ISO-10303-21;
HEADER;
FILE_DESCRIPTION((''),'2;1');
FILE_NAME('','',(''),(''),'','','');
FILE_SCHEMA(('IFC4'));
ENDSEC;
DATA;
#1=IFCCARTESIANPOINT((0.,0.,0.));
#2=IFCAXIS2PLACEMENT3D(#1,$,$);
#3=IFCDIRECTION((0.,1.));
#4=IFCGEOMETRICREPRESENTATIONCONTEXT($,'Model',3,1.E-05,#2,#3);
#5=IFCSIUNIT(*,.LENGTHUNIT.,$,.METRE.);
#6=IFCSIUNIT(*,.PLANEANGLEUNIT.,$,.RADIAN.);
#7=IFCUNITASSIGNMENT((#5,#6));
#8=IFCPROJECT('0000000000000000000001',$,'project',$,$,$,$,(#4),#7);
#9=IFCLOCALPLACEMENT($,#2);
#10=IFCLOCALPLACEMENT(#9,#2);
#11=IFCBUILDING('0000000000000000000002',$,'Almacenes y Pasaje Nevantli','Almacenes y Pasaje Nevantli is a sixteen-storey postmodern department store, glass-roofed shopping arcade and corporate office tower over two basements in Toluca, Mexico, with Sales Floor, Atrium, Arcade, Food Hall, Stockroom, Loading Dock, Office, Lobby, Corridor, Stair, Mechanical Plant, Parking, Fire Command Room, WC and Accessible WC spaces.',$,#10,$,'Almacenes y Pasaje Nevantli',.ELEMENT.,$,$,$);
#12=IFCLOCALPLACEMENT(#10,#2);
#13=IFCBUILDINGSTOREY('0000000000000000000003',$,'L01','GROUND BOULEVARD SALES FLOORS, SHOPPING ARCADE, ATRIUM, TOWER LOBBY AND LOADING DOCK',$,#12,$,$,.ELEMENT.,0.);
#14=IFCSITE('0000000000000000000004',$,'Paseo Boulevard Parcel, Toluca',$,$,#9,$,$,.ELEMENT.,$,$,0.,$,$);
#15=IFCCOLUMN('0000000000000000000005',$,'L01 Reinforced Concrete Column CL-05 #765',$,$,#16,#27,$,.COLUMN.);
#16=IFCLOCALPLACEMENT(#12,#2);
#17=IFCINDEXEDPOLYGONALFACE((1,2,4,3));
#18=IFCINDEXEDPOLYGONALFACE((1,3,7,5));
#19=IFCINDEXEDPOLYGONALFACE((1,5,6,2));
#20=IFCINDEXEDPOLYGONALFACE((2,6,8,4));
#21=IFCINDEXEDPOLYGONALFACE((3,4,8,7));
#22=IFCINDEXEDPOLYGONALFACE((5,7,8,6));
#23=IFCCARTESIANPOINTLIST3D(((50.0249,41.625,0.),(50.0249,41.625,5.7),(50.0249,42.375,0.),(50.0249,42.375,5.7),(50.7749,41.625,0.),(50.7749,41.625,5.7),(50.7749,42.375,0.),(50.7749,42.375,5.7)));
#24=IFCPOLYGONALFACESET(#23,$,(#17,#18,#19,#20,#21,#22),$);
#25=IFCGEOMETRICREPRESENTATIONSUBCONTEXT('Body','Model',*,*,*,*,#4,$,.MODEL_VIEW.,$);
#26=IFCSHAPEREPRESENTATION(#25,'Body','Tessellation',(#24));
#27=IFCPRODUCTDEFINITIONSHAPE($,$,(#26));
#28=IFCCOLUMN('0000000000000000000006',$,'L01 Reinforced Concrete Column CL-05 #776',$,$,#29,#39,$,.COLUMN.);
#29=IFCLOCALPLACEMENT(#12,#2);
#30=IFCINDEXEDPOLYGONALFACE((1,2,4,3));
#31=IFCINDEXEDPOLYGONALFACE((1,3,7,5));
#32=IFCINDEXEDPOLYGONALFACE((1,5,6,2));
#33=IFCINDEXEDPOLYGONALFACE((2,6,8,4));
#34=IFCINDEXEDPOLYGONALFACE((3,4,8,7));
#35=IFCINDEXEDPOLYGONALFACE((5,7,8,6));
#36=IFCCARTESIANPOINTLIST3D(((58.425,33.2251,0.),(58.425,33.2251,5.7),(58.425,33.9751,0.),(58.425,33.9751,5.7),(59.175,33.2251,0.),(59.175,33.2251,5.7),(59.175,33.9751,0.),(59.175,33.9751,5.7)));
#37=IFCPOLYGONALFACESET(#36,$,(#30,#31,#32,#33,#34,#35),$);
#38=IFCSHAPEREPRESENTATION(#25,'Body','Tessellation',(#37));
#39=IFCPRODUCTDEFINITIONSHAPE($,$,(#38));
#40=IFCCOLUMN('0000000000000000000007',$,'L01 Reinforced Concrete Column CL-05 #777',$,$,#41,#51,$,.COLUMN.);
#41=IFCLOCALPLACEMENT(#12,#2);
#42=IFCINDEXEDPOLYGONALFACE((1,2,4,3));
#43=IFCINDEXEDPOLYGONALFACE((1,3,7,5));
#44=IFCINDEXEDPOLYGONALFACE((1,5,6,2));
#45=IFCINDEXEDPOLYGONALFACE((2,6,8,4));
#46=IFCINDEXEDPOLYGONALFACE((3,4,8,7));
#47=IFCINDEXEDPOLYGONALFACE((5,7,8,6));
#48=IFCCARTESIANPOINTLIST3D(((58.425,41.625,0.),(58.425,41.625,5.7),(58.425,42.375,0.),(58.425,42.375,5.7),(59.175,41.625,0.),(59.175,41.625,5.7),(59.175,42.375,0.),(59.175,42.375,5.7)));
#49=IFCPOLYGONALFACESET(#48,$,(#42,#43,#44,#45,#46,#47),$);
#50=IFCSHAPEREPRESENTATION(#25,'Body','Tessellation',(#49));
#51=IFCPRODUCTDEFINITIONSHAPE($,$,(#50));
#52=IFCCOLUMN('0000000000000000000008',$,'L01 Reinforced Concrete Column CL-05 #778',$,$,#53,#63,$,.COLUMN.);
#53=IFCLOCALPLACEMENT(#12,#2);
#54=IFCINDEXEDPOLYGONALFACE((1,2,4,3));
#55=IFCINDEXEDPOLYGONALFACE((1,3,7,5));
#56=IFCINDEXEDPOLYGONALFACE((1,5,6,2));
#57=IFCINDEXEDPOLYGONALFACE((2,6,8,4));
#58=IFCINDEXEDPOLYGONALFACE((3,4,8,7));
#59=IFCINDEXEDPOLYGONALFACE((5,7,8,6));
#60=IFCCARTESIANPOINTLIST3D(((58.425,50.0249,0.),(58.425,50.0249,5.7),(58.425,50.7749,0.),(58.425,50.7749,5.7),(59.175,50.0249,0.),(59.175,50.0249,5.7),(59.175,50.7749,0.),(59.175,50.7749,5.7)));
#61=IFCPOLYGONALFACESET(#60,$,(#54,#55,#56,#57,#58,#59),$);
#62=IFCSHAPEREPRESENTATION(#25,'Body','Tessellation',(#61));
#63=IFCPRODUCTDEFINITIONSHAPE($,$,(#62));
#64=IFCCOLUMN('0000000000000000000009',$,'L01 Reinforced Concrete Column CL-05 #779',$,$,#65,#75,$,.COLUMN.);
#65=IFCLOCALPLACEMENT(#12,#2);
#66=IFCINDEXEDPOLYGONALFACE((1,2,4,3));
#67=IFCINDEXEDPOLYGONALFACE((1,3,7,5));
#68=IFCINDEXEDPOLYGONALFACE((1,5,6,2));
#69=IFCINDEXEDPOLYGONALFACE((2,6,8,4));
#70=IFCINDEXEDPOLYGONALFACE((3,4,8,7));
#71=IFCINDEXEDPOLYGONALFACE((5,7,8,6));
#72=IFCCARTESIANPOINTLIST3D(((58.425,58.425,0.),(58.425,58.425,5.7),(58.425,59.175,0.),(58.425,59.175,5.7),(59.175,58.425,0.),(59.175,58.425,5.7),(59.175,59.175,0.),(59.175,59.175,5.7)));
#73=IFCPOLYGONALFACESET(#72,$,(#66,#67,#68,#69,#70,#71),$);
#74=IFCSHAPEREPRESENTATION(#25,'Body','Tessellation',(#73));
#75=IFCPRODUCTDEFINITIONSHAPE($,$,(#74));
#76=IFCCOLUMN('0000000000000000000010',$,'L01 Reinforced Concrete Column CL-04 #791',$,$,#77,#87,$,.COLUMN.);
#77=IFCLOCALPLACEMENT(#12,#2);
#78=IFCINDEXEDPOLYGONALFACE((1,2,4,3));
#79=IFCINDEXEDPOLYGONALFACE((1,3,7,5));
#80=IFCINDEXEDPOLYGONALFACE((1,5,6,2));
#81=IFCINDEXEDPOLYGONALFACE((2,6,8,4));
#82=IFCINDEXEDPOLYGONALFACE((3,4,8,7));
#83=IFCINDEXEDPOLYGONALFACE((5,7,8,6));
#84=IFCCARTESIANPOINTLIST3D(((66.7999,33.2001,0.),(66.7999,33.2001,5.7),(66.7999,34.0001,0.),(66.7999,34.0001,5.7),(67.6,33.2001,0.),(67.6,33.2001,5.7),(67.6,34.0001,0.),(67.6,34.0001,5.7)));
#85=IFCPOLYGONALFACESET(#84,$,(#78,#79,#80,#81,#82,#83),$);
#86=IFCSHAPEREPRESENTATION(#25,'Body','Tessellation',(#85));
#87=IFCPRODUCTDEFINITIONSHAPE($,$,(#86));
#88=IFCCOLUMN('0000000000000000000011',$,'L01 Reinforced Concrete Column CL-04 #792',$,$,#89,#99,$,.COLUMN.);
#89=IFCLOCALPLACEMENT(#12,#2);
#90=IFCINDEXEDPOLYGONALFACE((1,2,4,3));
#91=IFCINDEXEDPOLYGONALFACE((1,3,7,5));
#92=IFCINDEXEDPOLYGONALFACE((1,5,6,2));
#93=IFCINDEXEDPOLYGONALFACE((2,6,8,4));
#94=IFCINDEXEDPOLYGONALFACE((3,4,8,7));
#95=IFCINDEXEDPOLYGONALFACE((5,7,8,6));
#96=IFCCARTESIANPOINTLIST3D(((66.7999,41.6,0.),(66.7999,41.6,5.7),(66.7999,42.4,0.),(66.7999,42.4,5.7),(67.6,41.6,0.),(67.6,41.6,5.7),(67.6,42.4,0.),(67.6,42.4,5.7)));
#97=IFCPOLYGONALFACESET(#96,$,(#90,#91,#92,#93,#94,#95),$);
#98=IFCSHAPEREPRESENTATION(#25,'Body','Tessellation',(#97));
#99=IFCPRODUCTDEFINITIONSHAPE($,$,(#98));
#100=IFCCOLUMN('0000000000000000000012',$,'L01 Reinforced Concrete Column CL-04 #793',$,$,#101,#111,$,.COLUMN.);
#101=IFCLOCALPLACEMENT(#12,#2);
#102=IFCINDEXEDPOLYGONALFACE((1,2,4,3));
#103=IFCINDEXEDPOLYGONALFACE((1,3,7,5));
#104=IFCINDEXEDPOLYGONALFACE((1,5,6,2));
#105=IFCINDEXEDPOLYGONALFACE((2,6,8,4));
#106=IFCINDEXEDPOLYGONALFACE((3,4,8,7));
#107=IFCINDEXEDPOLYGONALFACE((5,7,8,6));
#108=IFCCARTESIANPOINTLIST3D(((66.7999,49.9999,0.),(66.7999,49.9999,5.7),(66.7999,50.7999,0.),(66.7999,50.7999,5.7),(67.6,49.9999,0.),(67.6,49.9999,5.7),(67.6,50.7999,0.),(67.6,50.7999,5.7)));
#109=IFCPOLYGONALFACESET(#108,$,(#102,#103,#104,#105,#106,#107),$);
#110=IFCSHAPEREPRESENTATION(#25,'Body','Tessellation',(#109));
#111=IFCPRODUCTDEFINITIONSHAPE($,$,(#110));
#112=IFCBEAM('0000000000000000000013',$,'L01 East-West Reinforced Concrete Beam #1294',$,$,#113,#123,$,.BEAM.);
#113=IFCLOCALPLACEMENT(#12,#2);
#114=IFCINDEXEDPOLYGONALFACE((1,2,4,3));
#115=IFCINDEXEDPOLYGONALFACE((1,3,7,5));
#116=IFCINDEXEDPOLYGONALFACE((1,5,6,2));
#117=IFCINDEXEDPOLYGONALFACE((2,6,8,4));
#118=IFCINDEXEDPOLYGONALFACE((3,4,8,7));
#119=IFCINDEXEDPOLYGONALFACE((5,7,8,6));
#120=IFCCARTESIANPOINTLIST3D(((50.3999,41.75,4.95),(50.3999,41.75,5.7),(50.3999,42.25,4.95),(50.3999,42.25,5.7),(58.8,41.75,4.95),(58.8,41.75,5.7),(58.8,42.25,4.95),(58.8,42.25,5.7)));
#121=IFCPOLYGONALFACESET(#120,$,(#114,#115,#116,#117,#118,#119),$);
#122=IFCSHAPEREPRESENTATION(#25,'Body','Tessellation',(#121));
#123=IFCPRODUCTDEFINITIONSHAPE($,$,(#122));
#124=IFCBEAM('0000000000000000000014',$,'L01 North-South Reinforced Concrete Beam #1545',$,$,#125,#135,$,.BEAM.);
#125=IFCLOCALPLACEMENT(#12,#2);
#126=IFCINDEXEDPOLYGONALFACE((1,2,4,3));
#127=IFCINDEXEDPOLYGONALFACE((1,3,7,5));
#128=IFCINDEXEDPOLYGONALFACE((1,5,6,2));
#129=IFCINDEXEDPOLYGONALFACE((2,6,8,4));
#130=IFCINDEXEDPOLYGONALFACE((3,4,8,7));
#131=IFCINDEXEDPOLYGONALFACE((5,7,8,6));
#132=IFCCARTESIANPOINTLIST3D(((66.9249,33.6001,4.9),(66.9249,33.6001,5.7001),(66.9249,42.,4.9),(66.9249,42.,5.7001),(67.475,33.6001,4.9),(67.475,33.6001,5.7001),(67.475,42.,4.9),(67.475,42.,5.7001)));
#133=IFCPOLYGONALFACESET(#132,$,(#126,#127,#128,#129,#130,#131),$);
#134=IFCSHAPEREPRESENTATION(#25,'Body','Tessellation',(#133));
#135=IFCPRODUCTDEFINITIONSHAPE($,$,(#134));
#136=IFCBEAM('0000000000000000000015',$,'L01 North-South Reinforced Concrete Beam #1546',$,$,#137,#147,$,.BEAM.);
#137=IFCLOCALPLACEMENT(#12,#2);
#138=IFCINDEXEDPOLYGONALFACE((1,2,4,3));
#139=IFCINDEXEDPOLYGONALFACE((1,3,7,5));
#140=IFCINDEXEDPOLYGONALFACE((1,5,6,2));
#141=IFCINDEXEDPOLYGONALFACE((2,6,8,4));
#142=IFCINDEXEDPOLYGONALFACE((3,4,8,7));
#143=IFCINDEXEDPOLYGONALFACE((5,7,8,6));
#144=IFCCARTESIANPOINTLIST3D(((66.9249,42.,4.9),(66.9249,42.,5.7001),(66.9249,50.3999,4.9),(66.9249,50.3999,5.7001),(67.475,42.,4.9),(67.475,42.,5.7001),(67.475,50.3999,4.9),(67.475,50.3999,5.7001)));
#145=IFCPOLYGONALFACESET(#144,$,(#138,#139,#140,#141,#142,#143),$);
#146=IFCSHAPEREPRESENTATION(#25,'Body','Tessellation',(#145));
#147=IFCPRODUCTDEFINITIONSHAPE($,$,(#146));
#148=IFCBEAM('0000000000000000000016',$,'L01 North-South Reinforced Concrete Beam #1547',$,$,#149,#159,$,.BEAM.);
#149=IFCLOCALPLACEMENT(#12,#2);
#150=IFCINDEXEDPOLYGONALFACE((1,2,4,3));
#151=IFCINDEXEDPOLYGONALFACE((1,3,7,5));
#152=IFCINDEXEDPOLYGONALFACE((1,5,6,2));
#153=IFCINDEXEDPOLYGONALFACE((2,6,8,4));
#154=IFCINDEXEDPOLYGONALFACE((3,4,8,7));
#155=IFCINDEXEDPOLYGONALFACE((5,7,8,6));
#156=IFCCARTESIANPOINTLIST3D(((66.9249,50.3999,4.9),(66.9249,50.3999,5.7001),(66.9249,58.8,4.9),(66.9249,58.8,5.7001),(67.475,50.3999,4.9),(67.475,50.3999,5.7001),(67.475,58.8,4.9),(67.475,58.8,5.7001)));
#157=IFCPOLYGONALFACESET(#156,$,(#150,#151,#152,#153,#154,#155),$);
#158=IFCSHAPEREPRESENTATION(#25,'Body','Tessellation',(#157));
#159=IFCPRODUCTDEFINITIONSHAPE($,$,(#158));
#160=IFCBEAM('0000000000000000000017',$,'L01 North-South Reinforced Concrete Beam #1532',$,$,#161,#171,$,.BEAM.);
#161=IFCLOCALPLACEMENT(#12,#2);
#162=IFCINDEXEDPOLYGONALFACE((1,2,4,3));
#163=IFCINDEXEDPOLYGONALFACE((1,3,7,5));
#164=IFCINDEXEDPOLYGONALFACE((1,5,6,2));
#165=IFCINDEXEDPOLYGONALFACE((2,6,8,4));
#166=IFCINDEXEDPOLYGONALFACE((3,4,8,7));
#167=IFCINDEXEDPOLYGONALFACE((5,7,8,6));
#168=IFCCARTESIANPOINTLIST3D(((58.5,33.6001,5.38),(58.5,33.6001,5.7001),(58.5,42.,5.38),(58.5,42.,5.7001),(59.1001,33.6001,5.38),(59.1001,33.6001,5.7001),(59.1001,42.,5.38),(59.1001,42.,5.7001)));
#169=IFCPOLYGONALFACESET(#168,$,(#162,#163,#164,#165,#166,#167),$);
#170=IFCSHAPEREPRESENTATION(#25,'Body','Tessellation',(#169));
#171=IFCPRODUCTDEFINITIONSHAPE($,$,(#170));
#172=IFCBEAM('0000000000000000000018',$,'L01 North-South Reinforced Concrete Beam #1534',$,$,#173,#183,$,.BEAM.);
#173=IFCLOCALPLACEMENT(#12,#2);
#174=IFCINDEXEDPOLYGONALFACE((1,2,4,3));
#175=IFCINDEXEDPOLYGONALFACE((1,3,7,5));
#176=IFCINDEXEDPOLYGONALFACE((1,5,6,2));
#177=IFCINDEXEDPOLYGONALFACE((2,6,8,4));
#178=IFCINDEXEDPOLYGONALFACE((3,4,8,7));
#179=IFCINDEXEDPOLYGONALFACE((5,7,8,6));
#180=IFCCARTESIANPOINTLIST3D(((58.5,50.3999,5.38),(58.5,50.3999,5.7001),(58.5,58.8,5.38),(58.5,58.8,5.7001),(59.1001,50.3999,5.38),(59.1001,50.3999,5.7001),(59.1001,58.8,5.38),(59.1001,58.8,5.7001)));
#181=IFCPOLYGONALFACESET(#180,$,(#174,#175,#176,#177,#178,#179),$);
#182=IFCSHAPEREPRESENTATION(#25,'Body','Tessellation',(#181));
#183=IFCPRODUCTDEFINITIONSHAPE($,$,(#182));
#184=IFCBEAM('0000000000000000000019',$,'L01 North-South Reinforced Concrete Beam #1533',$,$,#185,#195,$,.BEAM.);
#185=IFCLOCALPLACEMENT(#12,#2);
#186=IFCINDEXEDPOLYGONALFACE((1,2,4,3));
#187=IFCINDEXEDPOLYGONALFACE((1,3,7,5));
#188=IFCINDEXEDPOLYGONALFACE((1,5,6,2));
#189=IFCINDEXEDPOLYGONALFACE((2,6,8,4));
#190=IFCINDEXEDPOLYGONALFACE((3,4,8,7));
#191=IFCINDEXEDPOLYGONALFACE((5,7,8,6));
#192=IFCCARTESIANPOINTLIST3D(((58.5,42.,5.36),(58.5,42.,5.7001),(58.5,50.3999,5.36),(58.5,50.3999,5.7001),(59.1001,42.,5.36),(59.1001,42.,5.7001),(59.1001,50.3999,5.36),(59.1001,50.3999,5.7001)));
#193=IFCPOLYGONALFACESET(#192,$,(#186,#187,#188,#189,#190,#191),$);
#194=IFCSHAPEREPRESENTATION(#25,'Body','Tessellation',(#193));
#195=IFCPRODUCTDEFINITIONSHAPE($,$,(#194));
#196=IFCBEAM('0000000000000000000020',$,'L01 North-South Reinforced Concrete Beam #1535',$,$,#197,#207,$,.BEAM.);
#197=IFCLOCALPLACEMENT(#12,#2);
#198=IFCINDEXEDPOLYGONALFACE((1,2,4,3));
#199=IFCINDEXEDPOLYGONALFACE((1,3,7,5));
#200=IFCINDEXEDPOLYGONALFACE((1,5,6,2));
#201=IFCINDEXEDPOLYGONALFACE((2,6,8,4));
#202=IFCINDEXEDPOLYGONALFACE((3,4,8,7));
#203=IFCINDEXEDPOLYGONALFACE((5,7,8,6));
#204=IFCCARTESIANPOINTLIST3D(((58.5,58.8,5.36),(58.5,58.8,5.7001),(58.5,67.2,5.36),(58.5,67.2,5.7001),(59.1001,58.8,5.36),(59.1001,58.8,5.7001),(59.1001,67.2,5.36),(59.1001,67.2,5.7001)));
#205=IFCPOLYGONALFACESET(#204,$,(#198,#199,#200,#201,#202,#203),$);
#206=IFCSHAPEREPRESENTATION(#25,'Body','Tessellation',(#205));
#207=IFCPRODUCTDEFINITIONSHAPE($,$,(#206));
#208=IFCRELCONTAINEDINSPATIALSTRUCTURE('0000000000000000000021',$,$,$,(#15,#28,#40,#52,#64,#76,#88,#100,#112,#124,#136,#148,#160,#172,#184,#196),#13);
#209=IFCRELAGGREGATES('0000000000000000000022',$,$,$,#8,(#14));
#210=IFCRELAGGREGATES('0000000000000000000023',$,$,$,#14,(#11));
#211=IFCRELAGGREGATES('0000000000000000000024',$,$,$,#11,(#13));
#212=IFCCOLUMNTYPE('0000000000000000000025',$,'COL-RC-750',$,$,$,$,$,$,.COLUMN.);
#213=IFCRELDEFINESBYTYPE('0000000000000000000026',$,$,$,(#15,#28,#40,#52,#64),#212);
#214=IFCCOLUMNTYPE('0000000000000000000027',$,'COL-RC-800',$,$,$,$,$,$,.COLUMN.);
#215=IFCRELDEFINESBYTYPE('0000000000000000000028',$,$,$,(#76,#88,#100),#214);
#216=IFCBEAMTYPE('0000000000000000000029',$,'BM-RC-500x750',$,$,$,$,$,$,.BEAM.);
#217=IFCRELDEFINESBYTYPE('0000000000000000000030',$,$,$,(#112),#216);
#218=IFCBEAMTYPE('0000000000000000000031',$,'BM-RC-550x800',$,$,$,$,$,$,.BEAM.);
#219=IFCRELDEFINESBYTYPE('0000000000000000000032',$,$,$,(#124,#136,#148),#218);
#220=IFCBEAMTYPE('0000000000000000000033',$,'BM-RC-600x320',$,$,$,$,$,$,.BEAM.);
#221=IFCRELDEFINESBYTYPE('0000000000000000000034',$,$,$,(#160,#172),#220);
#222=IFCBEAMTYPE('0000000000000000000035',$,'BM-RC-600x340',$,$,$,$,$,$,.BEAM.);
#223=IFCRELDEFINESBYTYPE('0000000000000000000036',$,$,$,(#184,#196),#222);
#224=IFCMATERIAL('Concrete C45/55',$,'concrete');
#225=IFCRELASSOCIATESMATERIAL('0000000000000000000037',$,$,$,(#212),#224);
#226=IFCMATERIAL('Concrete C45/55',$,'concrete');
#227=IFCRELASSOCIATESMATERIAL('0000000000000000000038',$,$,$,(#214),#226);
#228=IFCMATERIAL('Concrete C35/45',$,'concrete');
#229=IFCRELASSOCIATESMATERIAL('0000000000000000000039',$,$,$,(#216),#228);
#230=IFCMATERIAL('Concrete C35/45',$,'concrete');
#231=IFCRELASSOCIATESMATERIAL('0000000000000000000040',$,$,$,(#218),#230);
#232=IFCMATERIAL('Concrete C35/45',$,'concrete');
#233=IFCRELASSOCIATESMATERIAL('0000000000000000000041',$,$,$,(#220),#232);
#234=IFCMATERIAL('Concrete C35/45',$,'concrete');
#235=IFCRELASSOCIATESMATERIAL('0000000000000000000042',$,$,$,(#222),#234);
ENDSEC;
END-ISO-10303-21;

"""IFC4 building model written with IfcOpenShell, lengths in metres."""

from ifc_helpers import new_model, si_unit, direction, frame, origin, origin_2d, place, context, subcontext, project, spatial, rectangle, extrude, material, material_profile, profile_set, type_object, element, save


model = new_model("IFC4")

# Units and contexts
model_context = context("Model", 3, precision=1e-05, world=origin(), true_north=direction((0.0, 1.0)))
body_context = subcontext(model_context, "Body", "Model", "MODEL_VIEW")
ifc_project = project(units=[si_unit("LENGTHUNIT", "METRE"), si_unit("PLANEANGLEUNIT", "RADIAN")], contexts=[model_context])

# Site, building, storey
site_placement = place(None, origin())
site = spatial("IfcSite", under=ifc_project, at=site_placement, Name="Paseo Boulevard Parcel, Toluca", CompositionType="ELEMENT", RefElevation=0.0)
building_placement = place(site_placement, origin())
building = spatial("IfcBuilding", under=site, at=building_placement, Name="Almacenes y Pasaje Nevantli", Description="Almacenes y Pasaje Nevantli is a sixteen-storey postmodern department store, glass-roofed shopping arcade and corporate office tower over two basements in Toluca, Mexico, with Sales Floor, Atrium, Arcade, Food Hall, Stockroom, Loading Dock, Office, Lobby, Corridor, Stair, Mechanical Plant, Parking, Fire Command Room, WC and Accessible WC spaces.", LongName="Almacenes y Pasaje Nevantli", CompositionType="ELEMENT")
storey_placement = place(building_placement, origin())
storey = spatial("IfcBuildingStorey", under=building, at=storey_placement, Name="L01", Description="GROUND BOULEVARD SALES FLOORS, SHOPPING ARCADE, ATRIUM, TOWER LOBBY AND LOADING DOCK", CompositionType="ELEMENT", Elevation=0.0)

# Columns
ifc_material_1 = material(Name="Concrete C45/55", Category="concrete")
ifc_material_profile_1 = material_profile(ifc_material_1, rectangle(XDim=0.75, YDim=0.75, at=origin_2d()), Name="RC-COL-750x750")
ifc_profile_set_1 = profile_set([ifc_material_profile_1], Name="Concrete C45/55")
column_type_1 = type_object("IfcColumnType", Name="COL-RC-750", PredefinedType="COLUMN", material=ifc_profile_set_1)
for number, where, z_axis, x_axis, name in (
    (1, (50.3999, 42.0, 0.0), (0.0, 0.0, 1.0), (1.0, 0.0, 0.0), "L01 Reinforced Concrete Column CL-05 #765"),
    (2, (58.8, 33.6001, 0.0), (0.0, 0.0, 1.0), (1.0, 0.0, 0.0), "L01 Reinforced Concrete Column CL-05 #776"),
    (3, (58.8, 42.0, 0.0), (0.0, 0.0, 1.0), (1.0, 0.0, 0.0), "L01 Reinforced Concrete Column CL-05 #777"),
    (4, (58.8, 50.3999, 0.0), (0.0, 0.0, 1.0), (1.0, 0.0, 0.0), "L01 Reinforced Concrete Column CL-05 #778"),
    (5, (58.8, 58.8, 0.0), (0.0, 0.0, 1.0), (1.0, 0.0, 0.0), "L01 Reinforced Concrete Column CL-05 #779"),
):
    element("IfcColumn", number, at=place(storey_placement, frame(where, z_axis=z_axis, x_axis=x_axis)), inside=storey, type_object=column_type_1, Name=name, PredefinedType="COLUMN", context=body_context, shape_type="SweptSolid", body=[
        extrude(rectangle(XDim=0.75, YDim=0.75, at=origin_2d()), origin(), (0.0, 0.0, 1.0), 5.7),
    ])
ifc_material_2 = material(Name="Concrete C45/55", Category="concrete")
ifc_material_profile_2 = material_profile(ifc_material_2, rectangle(XDim=0.8, YDim=0.8, at=origin_2d()), Name="RC-COL-800x800")
ifc_profile_set_2 = profile_set([ifc_material_profile_2], Name="Concrete C45/55")
column_type_2 = type_object("IfcColumnType", Name="COL-RC-800", PredefinedType="COLUMN", material=ifc_profile_set_2)
for number, where, z_axis, x_axis, name in (
    (6, (67.2, 33.6001, 0.0), (0.0, 0.0, 1.0), (1.0, 0.0, 0.0), "L01 Reinforced Concrete Column CL-04 #791"),
    (7, (67.2, 42.0, 0.0), (0.0, 0.0, 1.0), (1.0, 0.0, 0.0), "L01 Reinforced Concrete Column CL-04 #792"),
    (8, (67.2, 50.3999, 0.0), (0.0, 0.0, 1.0), (1.0, 0.0, 0.0), "L01 Reinforced Concrete Column CL-04 #793"),
):
    element("IfcColumn", number, at=place(storey_placement, frame(where, z_axis=z_axis, x_axis=x_axis)), inside=storey, type_object=column_type_2, Name=name, PredefinedType="COLUMN", context=body_context, shape_type="SweptSolid", body=[
        extrude(rectangle(XDim=0.8, YDim=0.8, at=origin_2d()), origin(), (0.0, 0.0, 1.0), 5.7),
    ])

# Beams
ifc_material_3 = material(Name="Concrete C35/45", Category="concrete")
ifc_material_profile_3 = material_profile(ifc_material_3, rectangle(XDim=0.5, YDim=0.75, at=origin_2d()), Name="RC-BM-500x750")
ifc_profile_set_3 = profile_set([ifc_material_profile_3], Name="Concrete C35/45")
beam_type_1 = type_object("IfcBeamType", Name="BM-RC-500x750", PredefinedType="BEAM", material=ifc_profile_set_3)
beam_1_placement = place(storey_placement, frame((50.3999, 42.0, 5.325), z_axis=(1.0, 0.0, 0.0), x_axis=(0.0, 1.0, 0.0)))
element("IfcBeam", 9, at=beam_1_placement, inside=storey, type_object=beam_type_1, Name="L01 East-West Reinforced Concrete Beam #1294", PredefinedType="BEAM", context=body_context, shape_type="SweptSolid", body=[
    extrude(rectangle(XDim=0.5, YDim=0.75, at=origin_2d()), origin(), (0.0, 0.0, 1.0), 8.4001),
])
ifc_material_4 = material(Name="Concrete C35/45", Category="concrete")
ifc_material_profile_4 = material_profile(ifc_material_4, rectangle(XDim=0.55, YDim=0.8, at=origin_2d()), Name="RC-BM-550x800")
ifc_profile_set_4 = profile_set([ifc_material_profile_4], Name="Concrete C35/45")
beam_type_2 = type_object("IfcBeamType", Name="BM-RC-550x800", PredefinedType="BEAM", material=ifc_profile_set_4)
for number, where, z_axis, x_axis, name in (
    (10, (67.2, 33.6001, 5.3), (0.0, 1.0, 0.0), (-1.0, 0.0, 0.0), "L01 North-South Reinforced Concrete Beam #1545"),
    (11, (67.2, 42.0, 5.3), (0.0, 1.0, 0.0), (-1.0, 0.0, 0.0), "L01 North-South Reinforced Concrete Beam #1546"),
):
    element("IfcBeam", number, at=place(storey_placement, frame(where, z_axis=z_axis, x_axis=x_axis)), inside=storey, type_object=beam_type_2, Name=name, PredefinedType="BEAM", context=body_context, shape_type="SweptSolid", body=[
        extrude(rectangle(XDim=0.55, YDim=0.8, at=origin_2d()), origin(), (0.0, 0.0, 1.0), 8.3999),
    ])
beam_2_placement = place(storey_placement, frame((67.2, 50.3999, 5.3), z_axis=(0.0, 1.0, 0.0), x_axis=(-1.0, 0.0, 0.0)))
element("IfcBeam", 12, at=beam_2_placement, inside=storey, type_object=beam_type_2, Name="L01 North-South Reinforced Concrete Beam #1547", PredefinedType="BEAM", context=body_context, shape_type="SweptSolid", body=[
    extrude(rectangle(XDim=0.55, YDim=0.8, at=origin_2d()), origin(), (0.0, 0.0, 1.0), 8.4001),
])
ifc_material_5 = material(Name="Concrete C35/45", Category="concrete")
ifc_material_profile_5 = material_profile(ifc_material_5, rectangle(XDim=0.6001, YDim=0.3201, at=origin_2d()), Name="RC-BM-600x320")
ifc_profile_set_5 = profile_set([ifc_material_profile_5], Name="Concrete C35/45")
beam_type_3 = type_object("IfcBeamType", Name="BM-RC-600x320", PredefinedType="BEAM", material=ifc_profile_set_5)
beam_3_placement = place(storey_placement, frame((58.8, 33.6001, 5.54), z_axis=(0.0, 1.0, 0.0), x_axis=(-1.0, 0.0, 0.0)))
element("IfcBeam", 13, at=beam_3_placement, inside=storey, type_object=beam_type_3, Name="L01 North-South Reinforced Concrete Beam #1532", PredefinedType="BEAM", context=body_context, shape_type="SweptSolid", body=[
    extrude(rectangle(XDim=0.6001, YDim=0.3201, at=origin_2d()), origin(), (0.0, 0.0, 1.0), 8.3999),
])
beam_4_placement = place(storey_placement, frame((58.8, 50.3999, 5.54), z_axis=(0.0, 1.0, 0.0), x_axis=(-1.0, 0.0, 0.0)))
element("IfcBeam", 14, at=beam_4_placement, inside=storey, type_object=beam_type_3, Name="L01 North-South Reinforced Concrete Beam #1534", PredefinedType="BEAM", context=body_context, shape_type="SweptSolid", body=[
    extrude(rectangle(XDim=0.6001, YDim=0.3201, at=origin_2d()), origin(), (0.0, 0.0, 1.0), 8.4001),
])
ifc_material_6 = material(Name="Concrete C35/45", Category="concrete")
ifc_material_profile_6 = material_profile(ifc_material_6, rectangle(XDim=0.6001, YDim=0.3401, at=origin_2d()), Name="RC-BM-600x340")
ifc_profile_set_6 = profile_set([ifc_material_profile_6], Name="Concrete C35/45")
beam_type_4 = type_object("IfcBeamType", Name="BM-RC-600x340", PredefinedType="BEAM", material=ifc_profile_set_6)
for number, where, z_axis, x_axis, name in (
    (15, (58.8, 42.0, 5.53), (0.0, 1.0, 0.0), (-1.0, 0.0, 0.0), "L01 North-South Reinforced Concrete Beam #1533"),
    (16, (58.8, 58.8, 5.53), (0.0, 1.0, 0.0), (-1.0, 0.0, 0.0), "L01 North-South Reinforced Concrete Beam #1535"),
):
    element("IfcBeam", number, at=place(storey_placement, frame(where, z_axis=z_axis, x_axis=x_axis)), inside=storey, type_object=beam_type_4, Name=name, PredefinedType="BEAM", context=body_context, shape_type="SweptSolid", body=[
        extrude(rectangle(XDim=0.6001, YDim=0.3401, at=origin_2d()), origin(), (0.0, 0.0, 1.0), 8.3999),
    ])

save(model, "model.ifc")
